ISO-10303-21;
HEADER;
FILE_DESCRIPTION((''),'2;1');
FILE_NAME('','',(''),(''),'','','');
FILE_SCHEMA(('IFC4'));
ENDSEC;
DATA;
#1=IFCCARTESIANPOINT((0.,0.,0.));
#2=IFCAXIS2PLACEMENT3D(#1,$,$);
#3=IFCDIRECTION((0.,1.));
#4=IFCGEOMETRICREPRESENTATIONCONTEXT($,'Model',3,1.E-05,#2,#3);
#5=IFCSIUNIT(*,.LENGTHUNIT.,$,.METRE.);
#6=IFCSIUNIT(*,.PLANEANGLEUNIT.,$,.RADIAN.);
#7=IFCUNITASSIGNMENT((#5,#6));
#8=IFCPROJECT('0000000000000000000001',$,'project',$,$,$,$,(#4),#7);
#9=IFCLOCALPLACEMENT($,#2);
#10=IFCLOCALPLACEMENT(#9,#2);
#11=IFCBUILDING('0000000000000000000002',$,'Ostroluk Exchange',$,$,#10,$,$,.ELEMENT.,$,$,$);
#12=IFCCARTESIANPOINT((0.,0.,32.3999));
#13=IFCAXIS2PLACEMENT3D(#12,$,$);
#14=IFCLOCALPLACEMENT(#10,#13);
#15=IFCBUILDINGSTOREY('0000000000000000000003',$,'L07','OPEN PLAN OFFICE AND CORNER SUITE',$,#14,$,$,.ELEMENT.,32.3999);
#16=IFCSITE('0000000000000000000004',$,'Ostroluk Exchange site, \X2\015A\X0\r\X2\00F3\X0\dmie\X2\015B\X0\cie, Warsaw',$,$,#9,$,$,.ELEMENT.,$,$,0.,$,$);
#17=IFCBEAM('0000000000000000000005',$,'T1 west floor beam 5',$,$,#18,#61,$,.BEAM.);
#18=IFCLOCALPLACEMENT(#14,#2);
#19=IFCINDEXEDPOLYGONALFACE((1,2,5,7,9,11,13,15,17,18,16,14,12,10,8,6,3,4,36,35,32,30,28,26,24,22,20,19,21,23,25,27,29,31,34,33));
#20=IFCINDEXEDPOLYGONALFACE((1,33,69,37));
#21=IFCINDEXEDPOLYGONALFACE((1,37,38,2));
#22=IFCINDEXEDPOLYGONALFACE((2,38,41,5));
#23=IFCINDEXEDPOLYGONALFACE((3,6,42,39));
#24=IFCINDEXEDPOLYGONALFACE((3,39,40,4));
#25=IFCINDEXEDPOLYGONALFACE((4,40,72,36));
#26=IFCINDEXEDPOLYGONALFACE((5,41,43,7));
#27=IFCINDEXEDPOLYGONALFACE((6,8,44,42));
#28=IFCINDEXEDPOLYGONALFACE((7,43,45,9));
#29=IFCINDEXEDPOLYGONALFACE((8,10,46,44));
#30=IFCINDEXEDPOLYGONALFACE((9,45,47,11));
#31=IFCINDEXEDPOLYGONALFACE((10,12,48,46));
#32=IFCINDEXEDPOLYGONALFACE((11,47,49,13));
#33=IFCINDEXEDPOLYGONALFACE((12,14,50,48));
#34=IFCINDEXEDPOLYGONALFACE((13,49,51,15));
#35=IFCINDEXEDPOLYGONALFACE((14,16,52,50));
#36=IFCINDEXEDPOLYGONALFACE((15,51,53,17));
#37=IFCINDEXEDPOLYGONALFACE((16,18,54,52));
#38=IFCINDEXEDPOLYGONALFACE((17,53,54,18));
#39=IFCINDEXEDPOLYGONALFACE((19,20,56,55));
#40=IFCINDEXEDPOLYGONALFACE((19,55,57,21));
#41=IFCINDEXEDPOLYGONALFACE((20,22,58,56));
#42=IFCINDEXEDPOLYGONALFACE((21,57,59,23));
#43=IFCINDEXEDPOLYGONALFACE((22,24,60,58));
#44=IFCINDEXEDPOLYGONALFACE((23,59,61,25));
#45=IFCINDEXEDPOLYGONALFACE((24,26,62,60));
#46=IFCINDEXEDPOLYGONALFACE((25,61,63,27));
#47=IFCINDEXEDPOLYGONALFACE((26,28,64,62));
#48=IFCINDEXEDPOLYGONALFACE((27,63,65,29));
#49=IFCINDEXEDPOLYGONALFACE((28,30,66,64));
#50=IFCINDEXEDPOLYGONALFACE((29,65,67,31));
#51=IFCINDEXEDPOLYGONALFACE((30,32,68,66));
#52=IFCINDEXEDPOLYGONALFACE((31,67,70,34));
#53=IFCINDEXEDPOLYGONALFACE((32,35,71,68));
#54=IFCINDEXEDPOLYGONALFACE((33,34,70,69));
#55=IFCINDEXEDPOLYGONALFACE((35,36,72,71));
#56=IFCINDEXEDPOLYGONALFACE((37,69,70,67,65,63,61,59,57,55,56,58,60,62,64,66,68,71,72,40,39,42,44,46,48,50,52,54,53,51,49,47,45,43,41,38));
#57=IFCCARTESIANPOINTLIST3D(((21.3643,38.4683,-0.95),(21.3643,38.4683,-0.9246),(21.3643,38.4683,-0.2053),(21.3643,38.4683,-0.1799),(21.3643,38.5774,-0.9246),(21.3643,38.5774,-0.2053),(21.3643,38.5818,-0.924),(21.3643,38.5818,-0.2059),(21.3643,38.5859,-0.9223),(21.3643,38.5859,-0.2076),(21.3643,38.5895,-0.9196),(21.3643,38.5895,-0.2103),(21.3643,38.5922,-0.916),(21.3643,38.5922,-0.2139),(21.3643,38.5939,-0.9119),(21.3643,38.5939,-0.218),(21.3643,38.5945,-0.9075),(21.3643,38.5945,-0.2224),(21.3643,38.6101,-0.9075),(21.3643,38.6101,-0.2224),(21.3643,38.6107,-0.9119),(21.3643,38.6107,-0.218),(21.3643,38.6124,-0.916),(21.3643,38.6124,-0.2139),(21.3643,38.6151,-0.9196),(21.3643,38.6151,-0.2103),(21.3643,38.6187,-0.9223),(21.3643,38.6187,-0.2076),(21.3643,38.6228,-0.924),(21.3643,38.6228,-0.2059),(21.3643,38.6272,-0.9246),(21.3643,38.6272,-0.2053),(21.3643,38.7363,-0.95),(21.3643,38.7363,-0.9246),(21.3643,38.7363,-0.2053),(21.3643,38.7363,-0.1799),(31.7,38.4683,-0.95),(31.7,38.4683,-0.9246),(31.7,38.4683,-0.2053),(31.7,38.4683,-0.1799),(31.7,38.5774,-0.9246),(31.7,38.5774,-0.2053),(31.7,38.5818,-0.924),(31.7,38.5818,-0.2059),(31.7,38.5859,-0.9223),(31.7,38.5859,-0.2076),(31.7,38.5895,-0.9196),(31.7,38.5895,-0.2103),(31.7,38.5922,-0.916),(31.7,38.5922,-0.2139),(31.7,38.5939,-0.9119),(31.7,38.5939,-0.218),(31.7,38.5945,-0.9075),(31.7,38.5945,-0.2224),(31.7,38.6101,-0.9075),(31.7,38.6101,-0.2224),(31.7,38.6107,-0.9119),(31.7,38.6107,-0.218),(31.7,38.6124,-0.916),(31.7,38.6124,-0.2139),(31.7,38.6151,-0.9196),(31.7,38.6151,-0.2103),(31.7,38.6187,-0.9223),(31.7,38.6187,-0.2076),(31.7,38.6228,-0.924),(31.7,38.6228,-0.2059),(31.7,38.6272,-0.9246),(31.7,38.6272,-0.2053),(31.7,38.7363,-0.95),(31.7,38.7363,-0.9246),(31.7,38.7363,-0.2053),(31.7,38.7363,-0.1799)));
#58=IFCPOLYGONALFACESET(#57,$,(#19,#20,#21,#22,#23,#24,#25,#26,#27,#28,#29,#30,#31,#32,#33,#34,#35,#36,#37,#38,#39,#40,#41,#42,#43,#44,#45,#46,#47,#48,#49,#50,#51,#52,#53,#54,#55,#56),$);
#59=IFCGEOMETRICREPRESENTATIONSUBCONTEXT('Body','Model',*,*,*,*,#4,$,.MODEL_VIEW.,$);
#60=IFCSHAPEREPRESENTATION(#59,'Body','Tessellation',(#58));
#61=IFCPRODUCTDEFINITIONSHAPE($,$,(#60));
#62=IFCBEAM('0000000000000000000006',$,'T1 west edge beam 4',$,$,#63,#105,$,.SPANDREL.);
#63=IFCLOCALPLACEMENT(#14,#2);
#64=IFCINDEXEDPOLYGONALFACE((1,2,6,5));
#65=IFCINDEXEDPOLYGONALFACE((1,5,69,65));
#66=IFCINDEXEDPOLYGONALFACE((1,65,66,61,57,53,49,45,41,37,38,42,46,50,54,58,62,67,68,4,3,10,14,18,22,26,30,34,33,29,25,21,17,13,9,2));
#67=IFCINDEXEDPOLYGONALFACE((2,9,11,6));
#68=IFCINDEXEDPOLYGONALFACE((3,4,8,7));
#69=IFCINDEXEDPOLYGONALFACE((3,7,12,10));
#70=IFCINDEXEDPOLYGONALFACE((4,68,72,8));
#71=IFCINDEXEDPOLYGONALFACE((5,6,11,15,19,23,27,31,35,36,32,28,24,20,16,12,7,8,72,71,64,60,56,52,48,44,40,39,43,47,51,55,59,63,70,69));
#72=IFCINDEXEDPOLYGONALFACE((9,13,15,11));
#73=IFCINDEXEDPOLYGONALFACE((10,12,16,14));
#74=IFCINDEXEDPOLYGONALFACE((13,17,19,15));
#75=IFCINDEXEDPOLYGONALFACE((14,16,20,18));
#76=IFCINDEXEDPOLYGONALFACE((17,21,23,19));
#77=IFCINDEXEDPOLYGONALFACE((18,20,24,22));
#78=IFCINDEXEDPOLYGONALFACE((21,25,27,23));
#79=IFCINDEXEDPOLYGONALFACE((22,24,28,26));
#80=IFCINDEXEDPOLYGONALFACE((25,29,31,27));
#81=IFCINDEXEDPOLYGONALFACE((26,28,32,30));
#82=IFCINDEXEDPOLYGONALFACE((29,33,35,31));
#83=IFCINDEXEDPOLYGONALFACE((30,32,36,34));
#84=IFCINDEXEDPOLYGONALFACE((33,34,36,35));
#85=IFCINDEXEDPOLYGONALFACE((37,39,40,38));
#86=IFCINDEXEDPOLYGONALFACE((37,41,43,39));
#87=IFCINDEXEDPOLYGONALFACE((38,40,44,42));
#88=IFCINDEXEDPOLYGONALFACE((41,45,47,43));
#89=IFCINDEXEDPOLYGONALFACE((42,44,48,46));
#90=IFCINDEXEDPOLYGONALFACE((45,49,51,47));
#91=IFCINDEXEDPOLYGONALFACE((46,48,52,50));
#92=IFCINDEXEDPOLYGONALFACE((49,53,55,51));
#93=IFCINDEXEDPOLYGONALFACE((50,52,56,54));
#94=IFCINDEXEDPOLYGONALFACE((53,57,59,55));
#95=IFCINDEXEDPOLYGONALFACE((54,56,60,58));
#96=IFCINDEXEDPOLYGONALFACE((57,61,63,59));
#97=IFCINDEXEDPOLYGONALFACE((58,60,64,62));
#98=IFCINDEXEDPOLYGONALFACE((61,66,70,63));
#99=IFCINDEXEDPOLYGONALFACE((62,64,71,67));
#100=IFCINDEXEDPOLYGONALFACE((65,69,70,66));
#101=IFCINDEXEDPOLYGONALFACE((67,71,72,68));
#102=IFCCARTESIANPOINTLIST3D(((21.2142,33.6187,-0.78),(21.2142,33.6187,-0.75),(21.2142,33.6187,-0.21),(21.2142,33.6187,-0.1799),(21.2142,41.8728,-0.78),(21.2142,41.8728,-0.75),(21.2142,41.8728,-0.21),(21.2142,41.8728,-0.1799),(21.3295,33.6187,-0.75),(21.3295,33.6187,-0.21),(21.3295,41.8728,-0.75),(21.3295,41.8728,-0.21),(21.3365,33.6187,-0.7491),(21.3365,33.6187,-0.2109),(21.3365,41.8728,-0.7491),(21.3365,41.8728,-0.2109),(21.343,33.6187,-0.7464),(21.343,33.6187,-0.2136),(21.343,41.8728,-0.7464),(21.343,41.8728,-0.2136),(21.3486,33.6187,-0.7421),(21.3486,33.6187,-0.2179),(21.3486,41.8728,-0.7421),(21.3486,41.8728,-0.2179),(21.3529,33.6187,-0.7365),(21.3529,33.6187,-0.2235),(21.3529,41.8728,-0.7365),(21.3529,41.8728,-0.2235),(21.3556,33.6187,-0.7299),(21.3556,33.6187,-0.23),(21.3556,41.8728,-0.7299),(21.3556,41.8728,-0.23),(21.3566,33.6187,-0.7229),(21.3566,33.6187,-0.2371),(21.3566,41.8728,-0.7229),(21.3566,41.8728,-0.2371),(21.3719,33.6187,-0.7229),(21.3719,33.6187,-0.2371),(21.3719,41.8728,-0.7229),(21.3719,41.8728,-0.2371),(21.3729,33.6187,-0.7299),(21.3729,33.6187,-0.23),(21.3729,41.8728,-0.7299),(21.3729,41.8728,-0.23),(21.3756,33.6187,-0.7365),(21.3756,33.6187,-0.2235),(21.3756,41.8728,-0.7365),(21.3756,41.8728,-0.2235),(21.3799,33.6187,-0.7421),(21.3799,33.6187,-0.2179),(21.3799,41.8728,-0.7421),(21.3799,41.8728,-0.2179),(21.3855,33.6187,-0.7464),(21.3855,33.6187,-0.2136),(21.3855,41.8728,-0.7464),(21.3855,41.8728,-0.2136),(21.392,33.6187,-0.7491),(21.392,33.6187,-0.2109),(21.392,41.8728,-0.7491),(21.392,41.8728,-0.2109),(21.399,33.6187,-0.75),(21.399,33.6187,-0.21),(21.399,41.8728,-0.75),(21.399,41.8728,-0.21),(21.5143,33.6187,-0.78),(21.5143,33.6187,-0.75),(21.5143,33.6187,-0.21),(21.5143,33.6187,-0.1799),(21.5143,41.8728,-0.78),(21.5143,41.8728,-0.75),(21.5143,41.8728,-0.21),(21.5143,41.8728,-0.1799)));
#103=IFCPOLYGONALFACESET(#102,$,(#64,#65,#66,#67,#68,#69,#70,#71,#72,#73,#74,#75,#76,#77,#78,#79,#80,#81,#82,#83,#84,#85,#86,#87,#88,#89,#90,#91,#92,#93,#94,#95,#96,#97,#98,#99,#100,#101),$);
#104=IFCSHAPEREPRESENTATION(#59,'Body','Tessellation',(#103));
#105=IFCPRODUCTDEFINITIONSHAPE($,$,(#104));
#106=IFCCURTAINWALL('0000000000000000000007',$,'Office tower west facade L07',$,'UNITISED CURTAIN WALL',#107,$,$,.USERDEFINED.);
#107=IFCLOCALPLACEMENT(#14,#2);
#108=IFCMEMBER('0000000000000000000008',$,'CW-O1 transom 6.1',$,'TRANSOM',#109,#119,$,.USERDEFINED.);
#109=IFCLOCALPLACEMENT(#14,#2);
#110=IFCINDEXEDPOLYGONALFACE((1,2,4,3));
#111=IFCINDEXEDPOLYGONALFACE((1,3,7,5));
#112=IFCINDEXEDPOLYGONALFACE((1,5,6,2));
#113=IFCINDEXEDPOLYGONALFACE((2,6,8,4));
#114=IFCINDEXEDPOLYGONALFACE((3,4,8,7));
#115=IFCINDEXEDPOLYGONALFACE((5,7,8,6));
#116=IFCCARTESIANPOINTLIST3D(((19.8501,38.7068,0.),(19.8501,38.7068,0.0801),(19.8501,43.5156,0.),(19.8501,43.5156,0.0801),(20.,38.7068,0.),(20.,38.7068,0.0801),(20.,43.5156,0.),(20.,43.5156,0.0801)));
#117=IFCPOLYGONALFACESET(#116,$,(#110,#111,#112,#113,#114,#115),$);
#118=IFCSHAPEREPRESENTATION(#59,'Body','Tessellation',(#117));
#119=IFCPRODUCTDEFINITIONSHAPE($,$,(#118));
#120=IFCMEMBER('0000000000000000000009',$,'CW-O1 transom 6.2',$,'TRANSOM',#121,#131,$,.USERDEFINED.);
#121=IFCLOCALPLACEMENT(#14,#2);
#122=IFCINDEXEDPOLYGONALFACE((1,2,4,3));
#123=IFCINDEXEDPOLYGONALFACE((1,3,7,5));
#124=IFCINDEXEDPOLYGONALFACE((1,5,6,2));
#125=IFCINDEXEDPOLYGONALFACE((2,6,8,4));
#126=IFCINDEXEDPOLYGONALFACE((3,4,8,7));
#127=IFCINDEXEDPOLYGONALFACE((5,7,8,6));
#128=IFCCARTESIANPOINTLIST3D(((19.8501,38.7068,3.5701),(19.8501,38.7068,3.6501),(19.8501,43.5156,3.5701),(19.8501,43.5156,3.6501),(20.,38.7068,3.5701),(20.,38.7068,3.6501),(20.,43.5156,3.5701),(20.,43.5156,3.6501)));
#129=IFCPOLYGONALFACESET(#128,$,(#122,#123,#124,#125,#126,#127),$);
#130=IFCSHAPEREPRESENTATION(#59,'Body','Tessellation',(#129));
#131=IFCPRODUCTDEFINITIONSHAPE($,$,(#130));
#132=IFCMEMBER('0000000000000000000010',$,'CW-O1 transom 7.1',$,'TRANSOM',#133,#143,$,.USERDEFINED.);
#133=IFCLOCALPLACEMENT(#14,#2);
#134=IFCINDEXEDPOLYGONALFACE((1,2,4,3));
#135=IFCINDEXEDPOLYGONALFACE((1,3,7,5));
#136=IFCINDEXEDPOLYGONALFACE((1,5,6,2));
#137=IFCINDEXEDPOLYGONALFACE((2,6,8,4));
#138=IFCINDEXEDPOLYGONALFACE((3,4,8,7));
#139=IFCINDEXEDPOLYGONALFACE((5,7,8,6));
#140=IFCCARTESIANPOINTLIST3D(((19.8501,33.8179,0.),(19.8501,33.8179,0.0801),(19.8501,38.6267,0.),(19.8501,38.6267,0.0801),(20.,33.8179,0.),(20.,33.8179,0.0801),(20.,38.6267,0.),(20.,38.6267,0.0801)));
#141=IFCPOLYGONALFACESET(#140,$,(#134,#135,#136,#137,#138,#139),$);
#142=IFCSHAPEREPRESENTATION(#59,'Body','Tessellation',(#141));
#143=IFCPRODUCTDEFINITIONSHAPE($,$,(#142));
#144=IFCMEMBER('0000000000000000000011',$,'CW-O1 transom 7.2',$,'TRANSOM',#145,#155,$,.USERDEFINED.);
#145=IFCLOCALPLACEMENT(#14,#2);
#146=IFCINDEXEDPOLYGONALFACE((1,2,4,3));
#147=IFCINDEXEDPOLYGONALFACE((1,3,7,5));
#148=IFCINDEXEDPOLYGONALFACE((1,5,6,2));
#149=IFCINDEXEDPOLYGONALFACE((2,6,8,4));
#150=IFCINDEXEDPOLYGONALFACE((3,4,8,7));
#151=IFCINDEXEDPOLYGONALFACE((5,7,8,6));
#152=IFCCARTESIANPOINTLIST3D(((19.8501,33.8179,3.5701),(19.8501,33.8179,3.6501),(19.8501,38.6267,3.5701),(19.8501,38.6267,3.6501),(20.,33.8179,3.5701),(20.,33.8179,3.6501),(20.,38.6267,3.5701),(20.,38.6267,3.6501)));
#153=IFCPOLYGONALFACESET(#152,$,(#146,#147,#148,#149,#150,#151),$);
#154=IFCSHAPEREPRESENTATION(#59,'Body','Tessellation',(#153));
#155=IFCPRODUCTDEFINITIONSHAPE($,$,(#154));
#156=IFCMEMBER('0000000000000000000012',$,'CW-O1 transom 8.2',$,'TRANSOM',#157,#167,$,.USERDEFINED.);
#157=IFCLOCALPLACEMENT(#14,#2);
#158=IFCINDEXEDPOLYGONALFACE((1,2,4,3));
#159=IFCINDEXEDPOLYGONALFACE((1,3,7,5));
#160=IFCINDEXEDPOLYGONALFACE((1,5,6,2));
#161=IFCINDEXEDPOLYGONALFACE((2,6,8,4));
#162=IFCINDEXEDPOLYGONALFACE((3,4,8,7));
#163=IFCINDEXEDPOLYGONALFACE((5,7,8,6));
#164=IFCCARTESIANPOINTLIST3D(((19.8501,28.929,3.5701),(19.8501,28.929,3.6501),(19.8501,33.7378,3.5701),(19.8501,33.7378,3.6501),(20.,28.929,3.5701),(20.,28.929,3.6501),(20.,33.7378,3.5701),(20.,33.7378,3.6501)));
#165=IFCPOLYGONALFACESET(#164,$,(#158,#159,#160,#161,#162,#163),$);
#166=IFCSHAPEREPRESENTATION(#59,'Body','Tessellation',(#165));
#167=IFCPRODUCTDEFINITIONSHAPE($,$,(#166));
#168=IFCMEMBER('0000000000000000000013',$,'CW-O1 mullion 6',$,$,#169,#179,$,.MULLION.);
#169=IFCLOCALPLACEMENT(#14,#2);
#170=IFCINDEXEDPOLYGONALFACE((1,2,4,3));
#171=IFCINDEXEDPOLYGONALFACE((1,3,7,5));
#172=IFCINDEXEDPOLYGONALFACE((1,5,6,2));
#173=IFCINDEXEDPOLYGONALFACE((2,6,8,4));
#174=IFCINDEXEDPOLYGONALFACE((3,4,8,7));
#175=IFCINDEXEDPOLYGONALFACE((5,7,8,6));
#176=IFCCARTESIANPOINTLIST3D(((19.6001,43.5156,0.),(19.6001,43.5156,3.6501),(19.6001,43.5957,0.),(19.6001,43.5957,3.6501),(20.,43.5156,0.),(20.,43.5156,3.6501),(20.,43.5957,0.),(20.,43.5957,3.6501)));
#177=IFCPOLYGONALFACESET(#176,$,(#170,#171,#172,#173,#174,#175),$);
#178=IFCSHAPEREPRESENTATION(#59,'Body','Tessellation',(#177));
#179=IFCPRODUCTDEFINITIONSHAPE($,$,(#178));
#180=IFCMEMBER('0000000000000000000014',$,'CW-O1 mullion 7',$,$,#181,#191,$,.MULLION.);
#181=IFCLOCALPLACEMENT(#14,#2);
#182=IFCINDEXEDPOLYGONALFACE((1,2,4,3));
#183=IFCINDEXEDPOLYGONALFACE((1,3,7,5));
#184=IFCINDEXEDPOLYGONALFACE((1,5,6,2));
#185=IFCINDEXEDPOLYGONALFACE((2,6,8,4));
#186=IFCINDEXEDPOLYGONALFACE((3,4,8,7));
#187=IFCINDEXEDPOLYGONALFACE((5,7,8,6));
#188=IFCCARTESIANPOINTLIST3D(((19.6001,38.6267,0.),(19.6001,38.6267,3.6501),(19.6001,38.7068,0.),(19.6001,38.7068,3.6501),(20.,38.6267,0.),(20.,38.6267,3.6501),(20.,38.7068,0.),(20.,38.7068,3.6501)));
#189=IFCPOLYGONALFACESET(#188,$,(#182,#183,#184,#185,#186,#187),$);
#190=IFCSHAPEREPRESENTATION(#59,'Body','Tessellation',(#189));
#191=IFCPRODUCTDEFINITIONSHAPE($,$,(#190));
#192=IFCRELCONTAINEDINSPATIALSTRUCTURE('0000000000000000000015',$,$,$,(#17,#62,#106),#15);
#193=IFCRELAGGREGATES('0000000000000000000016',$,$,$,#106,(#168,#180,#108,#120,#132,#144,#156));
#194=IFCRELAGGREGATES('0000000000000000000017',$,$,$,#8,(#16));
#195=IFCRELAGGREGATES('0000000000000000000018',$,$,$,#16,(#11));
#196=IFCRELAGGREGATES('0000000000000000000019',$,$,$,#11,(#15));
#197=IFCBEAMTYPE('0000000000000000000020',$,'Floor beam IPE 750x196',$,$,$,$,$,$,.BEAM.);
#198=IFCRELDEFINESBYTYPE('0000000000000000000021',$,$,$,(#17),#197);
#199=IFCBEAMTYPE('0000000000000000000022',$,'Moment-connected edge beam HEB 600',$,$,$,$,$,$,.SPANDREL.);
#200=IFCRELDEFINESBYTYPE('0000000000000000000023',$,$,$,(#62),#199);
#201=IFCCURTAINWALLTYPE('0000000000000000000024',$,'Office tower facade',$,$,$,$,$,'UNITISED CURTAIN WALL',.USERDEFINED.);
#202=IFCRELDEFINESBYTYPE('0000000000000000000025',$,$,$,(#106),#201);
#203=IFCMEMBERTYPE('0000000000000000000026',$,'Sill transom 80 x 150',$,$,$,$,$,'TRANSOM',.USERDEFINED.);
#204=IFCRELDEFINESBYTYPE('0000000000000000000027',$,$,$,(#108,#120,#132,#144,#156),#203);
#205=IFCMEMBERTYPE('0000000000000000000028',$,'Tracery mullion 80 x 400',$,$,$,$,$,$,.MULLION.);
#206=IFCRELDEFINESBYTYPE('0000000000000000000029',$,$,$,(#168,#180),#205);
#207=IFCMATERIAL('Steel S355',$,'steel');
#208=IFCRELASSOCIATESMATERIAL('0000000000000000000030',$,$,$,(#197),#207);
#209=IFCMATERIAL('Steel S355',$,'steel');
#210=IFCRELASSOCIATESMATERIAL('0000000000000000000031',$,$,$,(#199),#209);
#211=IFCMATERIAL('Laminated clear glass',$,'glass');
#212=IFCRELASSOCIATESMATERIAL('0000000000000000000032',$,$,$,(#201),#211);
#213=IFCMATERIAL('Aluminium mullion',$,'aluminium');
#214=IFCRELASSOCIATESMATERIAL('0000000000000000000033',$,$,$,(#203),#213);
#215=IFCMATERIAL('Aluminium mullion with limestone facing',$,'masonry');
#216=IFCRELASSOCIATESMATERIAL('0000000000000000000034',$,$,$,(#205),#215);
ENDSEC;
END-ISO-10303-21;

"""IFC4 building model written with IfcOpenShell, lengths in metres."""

from ifc_helpers import new_model, si_unit, direction, frame, origin, origin_2d, place, context, subcontext, project, spatial, rectangle, i_section, extrude, material, material_profile, profile_set, type_object, element, aggregate, save


model = new_model("IFC4")

# Units and contexts
model_context = context("Model", 3, precision=1e-05, world=origin(), true_north=direction((0.0, 1.0)))
body_context = subcontext(model_context, "Body", "Model", "MODEL_VIEW")
ifc_project = project(units=[si_unit("LENGTHUNIT", "METRE"), si_unit("PLANEANGLEUNIT", "RADIAN")], contexts=[model_context])

# Site, building, storey
site_placement = place(None, origin())
site = spatial("IfcSite", under=ifc_project, at=site_placement, Name="Ostroluk Exchange site, Śródmieście, Warsaw", CompositionType="ELEMENT", RefElevation=0.0)
building_placement = place(site_placement, origin())
building = spatial("IfcBuilding", under=site, at=building_placement, Name="Ostroluk Exchange", CompositionType="ELEMENT")
storey_placement = place(building_placement, frame((0.0, 0.0, 32.3999)))
storey = spatial("IfcBuildingStorey", under=building, at=storey_placement, Name="L07", Description="OPEN PLAN OFFICE AND CORNER SUITE", CompositionType="ELEMENT", Elevation=32.3999)

# Beams
ifc_material_1 = material(Name="Steel S355", Category="steel")
ifc_material_profile_1 = material_profile(ifc_material_1, i_section(OverallWidth=0.2681, OverallDepth=0.77, WebThickness=0.0156, FlangeThickness=0.0254, FilletRadius=0.0171, at=origin_2d()), Name="IPE 750x196")
ifc_profile_set_1 = profile_set([ifc_material_profile_1], Name="Steel S355")
beam_type_1 = type_object("IfcBeamType", Name="Floor beam IPE 750x196", PredefinedType="BEAM", material=ifc_profile_set_1)
for number, where, z_axis, x_axis, name in (
    (1, (31.7, 38.6023, -0.5649), (-1.0, 0.0, 0.0), (0.0, -1.0, 0.0), "T1 west floor beam 5"),
):
    element("IfcBeam", number, at=place(storey_placement, frame(where, z_axis=z_axis, x_axis=x_axis)), inside=storey, type_object=beam_type_1, Name=name, PredefinedType="BEAM", context=body_context, shape_type="SweptSolid", body=[
        extrude(i_section(OverallWidth=0.2681, OverallDepth=0.77, WebThickness=0.0156, FlangeThickness=0.0254, FilletRadius=0.0171, at=origin_2d()), origin(), (0.0, 0.0, 1.0), 10.3357),
    ])
ifc_material_2 = material(Name="Steel S355", Category="steel")
ifc_material_profile_2 = material_profile(ifc_material_2, i_section(OverallWidth=0.3, OverallDepth=0.6001, WebThickness=0.0154, FlangeThickness=0.03, FilletRadius=0.0271, at=origin_2d()), Name="HEB 600")
ifc_profile_set_2 = profile_set([ifc_material_profile_2], Name="Steel S355")
beam_type_2 = type_object("IfcBeamType", Name="Moment-connected edge beam HEB 600", PredefinedType="SPANDREL", material=ifc_profile_set_2)
beam_1_placement = place(storey_placement, frame((21.3643, 41.8728, -0.48), z_axis=(0.0, -1.0, 0.0), x_axis=(1.0, 0.0, 0.0)))
element("IfcBeam", 2, at=beam_1_placement, inside=storey, type_object=beam_type_2, Name="T1 west edge beam 4", PredefinedType="SPANDREL", context=body_context, shape_type="SweptSolid", body=[
    extrude(i_section(OverallWidth=0.3, OverallDepth=0.6001, WebThickness=0.0154, FlangeThickness=0.03, FilletRadius=0.0271, at=origin_2d()), origin(), (0.0, 0.0, 1.0), 8.2542),
])

# Curtain wall, members
ifc_material_3 = material(Name="Laminated clear glass", Category="glass")
curtain_wall_type = type_object("IfcCurtainWallType", Name="Office tower facade", ElementType="UNITISED CURTAIN WALL", PredefinedType="USERDEFINED", material=ifc_material_3)
curtain_wall_placement = place(storey_placement, origin())
curtain_wall = element("IfcCurtainWall", 3, at=curtain_wall_placement, inside=storey, type_object=curtain_wall_type, Name="Office tower west facade L07", ObjectType="UNITISED CURTAIN WALL", PredefinedType="USERDEFINED")
ifc_material_4 = material(Name="Aluminium mullion", Category="aluminium")
ifc_material_profile_3 = material_profile(ifc_material_4, rectangle(XDim=0.1499, YDim=0.0801, at=origin_2d()), Name="Sill transom 80 x 150")
ifc_profile_set_3 = profile_set([ifc_material_profile_3], Name="Aluminium mullion")
member_type_1 = type_object("IfcMemberType", Name="Sill transom 80 x 150", ElementType="TRANSOM", PredefinedType="USERDEFINED", material=ifc_profile_set_3)
member_1_placement = place(storey_placement, frame((19.925, 43.5156, 0.04), z_axis=(0.0, -1.0, 0.0), x_axis=(1.0, 0.0, 0.0)))
member_1 = element("IfcMember", 4, at=member_1_placement, type_object=member_type_1, Name="CW-O1 transom 6.1", ObjectType="TRANSOM", PredefinedType="USERDEFINED", context=body_context, shape_type="SweptSolid", body=[
    extrude(rectangle(XDim=0.1499, YDim=0.0801, at=origin_2d()), origin(), (0.0, 0.0, 1.0), 4.8088),
])
member_2_placement = place(storey_placement, frame((19.925, 43.5156, 3.6101), z_axis=(0.0, -1.0, 0.0), x_axis=(1.0, 0.0, 0.0)))
member_2 = element("IfcMember", 5, at=member_2_placement, type_object=member_type_1, Name="CW-O1 transom 6.2", ObjectType="TRANSOM", PredefinedType="USERDEFINED", context=body_context, shape_type="SweptSolid", body=[
    extrude(rectangle(XDim=0.1499, YDim=0.0801, at=origin_2d()), origin(), (0.0, 0.0, 1.0), 4.8088),
])
member_3_placement = place(storey_placement, frame((19.925, 38.6267, 0.04), z_axis=(0.0, -1.0, 0.0), x_axis=(1.0, 0.0, 0.0)))
member_3 = element("IfcMember", 6, at=member_3_placement, type_object=member_type_1, Name="CW-O1 transom 7.1", ObjectType="TRANSOM", PredefinedType="USERDEFINED", context=body_context, shape_type="SweptSolid", body=[
    extrude(rectangle(XDim=0.1499, YDim=0.0801, at=origin_2d()), origin(), (0.0, 0.0, 1.0), 4.8088),
])
member_4_placement = place(storey_placement, frame((19.925, 38.6267, 3.6101), z_axis=(0.0, -1.0, 0.0), x_axis=(1.0, 0.0, 0.0)))
member_4 = element("IfcMember", 7, at=member_4_placement, type_object=member_type_1, Name="CW-O1 transom 7.2", ObjectType="TRANSOM", PredefinedType="USERDEFINED", context=body_context, shape_type="SweptSolid", body=[
    extrude(rectangle(XDim=0.1499, YDim=0.0801, at=origin_2d()), origin(), (0.0, 0.0, 1.0), 4.8088),
])
member_5_placement = place(storey_placement, frame((19.925, 33.7378, 3.6101), z_axis=(0.0, -1.0, 0.0), x_axis=(1.0, 0.0, 0.0)))
member_5 = element("IfcMember", 8, at=member_5_placement, type_object=member_type_1, Name="CW-O1 transom 8.2", ObjectType="TRANSOM", PredefinedType="USERDEFINED", context=body_context, shape_type="SweptSolid", body=[
    extrude(rectangle(XDim=0.1499, YDim=0.0801, at=origin_2d()), origin(), (0.0, 0.0, 1.0), 4.8088),
])
ifc_material_5 = material(Name="Aluminium mullion with limestone facing", Category="masonry")
ifc_material_profile_4 = material_profile(ifc_material_5, rectangle(XDim=0.3999, YDim=0.0801, at=origin_2d()), Name="Tracery mullion 80 x 400")
ifc_profile_set_4 = profile_set([ifc_material_profile_4], Name="Aluminium mullion with limestone facing")
member_type_2 = type_object("IfcMemberType", Name="Tracery mullion 80 x 400", PredefinedType="MULLION", material=ifc_profile_set_4)
member_6_placement = place(storey_placement, frame((19.8, 43.5557, 0.0), z_axis=(0.0, 0.0, 1.0), x_axis=(1.0, 0.0, 0.0)))
member_6 = element("IfcMember", 9, at=member_6_placement, type_object=member_type_2, Name="CW-O1 mullion 6", PredefinedType="MULLION", context=body_context, shape_type="SweptSolid", body=[
    extrude(rectangle(XDim=0.3999, YDim=0.0801, at=origin_2d()), origin(), (0.0, 0.0, 1.0), 3.6501),
])
member_7_placement = place(storey_placement, frame((19.8, 38.6667, 0.0), z_axis=(0.0, 0.0, 1.0), x_axis=(1.0, 0.0, 0.0)))
member_7 = element("IfcMember", 10, at=member_7_placement, type_object=member_type_2, Name="CW-O1 mullion 7", PredefinedType="MULLION", context=body_context, shape_type="SweptSolid", body=[
    extrude(rectangle(XDim=0.3999, YDim=0.0801, at=origin_2d()), origin(), (0.0, 0.0, 1.0), 3.6501),
])
aggregate(curtain_wall, [member_6, member_7, member_1, member_2, member_3, member_4, member_5])

save(model, "model.ifc")
